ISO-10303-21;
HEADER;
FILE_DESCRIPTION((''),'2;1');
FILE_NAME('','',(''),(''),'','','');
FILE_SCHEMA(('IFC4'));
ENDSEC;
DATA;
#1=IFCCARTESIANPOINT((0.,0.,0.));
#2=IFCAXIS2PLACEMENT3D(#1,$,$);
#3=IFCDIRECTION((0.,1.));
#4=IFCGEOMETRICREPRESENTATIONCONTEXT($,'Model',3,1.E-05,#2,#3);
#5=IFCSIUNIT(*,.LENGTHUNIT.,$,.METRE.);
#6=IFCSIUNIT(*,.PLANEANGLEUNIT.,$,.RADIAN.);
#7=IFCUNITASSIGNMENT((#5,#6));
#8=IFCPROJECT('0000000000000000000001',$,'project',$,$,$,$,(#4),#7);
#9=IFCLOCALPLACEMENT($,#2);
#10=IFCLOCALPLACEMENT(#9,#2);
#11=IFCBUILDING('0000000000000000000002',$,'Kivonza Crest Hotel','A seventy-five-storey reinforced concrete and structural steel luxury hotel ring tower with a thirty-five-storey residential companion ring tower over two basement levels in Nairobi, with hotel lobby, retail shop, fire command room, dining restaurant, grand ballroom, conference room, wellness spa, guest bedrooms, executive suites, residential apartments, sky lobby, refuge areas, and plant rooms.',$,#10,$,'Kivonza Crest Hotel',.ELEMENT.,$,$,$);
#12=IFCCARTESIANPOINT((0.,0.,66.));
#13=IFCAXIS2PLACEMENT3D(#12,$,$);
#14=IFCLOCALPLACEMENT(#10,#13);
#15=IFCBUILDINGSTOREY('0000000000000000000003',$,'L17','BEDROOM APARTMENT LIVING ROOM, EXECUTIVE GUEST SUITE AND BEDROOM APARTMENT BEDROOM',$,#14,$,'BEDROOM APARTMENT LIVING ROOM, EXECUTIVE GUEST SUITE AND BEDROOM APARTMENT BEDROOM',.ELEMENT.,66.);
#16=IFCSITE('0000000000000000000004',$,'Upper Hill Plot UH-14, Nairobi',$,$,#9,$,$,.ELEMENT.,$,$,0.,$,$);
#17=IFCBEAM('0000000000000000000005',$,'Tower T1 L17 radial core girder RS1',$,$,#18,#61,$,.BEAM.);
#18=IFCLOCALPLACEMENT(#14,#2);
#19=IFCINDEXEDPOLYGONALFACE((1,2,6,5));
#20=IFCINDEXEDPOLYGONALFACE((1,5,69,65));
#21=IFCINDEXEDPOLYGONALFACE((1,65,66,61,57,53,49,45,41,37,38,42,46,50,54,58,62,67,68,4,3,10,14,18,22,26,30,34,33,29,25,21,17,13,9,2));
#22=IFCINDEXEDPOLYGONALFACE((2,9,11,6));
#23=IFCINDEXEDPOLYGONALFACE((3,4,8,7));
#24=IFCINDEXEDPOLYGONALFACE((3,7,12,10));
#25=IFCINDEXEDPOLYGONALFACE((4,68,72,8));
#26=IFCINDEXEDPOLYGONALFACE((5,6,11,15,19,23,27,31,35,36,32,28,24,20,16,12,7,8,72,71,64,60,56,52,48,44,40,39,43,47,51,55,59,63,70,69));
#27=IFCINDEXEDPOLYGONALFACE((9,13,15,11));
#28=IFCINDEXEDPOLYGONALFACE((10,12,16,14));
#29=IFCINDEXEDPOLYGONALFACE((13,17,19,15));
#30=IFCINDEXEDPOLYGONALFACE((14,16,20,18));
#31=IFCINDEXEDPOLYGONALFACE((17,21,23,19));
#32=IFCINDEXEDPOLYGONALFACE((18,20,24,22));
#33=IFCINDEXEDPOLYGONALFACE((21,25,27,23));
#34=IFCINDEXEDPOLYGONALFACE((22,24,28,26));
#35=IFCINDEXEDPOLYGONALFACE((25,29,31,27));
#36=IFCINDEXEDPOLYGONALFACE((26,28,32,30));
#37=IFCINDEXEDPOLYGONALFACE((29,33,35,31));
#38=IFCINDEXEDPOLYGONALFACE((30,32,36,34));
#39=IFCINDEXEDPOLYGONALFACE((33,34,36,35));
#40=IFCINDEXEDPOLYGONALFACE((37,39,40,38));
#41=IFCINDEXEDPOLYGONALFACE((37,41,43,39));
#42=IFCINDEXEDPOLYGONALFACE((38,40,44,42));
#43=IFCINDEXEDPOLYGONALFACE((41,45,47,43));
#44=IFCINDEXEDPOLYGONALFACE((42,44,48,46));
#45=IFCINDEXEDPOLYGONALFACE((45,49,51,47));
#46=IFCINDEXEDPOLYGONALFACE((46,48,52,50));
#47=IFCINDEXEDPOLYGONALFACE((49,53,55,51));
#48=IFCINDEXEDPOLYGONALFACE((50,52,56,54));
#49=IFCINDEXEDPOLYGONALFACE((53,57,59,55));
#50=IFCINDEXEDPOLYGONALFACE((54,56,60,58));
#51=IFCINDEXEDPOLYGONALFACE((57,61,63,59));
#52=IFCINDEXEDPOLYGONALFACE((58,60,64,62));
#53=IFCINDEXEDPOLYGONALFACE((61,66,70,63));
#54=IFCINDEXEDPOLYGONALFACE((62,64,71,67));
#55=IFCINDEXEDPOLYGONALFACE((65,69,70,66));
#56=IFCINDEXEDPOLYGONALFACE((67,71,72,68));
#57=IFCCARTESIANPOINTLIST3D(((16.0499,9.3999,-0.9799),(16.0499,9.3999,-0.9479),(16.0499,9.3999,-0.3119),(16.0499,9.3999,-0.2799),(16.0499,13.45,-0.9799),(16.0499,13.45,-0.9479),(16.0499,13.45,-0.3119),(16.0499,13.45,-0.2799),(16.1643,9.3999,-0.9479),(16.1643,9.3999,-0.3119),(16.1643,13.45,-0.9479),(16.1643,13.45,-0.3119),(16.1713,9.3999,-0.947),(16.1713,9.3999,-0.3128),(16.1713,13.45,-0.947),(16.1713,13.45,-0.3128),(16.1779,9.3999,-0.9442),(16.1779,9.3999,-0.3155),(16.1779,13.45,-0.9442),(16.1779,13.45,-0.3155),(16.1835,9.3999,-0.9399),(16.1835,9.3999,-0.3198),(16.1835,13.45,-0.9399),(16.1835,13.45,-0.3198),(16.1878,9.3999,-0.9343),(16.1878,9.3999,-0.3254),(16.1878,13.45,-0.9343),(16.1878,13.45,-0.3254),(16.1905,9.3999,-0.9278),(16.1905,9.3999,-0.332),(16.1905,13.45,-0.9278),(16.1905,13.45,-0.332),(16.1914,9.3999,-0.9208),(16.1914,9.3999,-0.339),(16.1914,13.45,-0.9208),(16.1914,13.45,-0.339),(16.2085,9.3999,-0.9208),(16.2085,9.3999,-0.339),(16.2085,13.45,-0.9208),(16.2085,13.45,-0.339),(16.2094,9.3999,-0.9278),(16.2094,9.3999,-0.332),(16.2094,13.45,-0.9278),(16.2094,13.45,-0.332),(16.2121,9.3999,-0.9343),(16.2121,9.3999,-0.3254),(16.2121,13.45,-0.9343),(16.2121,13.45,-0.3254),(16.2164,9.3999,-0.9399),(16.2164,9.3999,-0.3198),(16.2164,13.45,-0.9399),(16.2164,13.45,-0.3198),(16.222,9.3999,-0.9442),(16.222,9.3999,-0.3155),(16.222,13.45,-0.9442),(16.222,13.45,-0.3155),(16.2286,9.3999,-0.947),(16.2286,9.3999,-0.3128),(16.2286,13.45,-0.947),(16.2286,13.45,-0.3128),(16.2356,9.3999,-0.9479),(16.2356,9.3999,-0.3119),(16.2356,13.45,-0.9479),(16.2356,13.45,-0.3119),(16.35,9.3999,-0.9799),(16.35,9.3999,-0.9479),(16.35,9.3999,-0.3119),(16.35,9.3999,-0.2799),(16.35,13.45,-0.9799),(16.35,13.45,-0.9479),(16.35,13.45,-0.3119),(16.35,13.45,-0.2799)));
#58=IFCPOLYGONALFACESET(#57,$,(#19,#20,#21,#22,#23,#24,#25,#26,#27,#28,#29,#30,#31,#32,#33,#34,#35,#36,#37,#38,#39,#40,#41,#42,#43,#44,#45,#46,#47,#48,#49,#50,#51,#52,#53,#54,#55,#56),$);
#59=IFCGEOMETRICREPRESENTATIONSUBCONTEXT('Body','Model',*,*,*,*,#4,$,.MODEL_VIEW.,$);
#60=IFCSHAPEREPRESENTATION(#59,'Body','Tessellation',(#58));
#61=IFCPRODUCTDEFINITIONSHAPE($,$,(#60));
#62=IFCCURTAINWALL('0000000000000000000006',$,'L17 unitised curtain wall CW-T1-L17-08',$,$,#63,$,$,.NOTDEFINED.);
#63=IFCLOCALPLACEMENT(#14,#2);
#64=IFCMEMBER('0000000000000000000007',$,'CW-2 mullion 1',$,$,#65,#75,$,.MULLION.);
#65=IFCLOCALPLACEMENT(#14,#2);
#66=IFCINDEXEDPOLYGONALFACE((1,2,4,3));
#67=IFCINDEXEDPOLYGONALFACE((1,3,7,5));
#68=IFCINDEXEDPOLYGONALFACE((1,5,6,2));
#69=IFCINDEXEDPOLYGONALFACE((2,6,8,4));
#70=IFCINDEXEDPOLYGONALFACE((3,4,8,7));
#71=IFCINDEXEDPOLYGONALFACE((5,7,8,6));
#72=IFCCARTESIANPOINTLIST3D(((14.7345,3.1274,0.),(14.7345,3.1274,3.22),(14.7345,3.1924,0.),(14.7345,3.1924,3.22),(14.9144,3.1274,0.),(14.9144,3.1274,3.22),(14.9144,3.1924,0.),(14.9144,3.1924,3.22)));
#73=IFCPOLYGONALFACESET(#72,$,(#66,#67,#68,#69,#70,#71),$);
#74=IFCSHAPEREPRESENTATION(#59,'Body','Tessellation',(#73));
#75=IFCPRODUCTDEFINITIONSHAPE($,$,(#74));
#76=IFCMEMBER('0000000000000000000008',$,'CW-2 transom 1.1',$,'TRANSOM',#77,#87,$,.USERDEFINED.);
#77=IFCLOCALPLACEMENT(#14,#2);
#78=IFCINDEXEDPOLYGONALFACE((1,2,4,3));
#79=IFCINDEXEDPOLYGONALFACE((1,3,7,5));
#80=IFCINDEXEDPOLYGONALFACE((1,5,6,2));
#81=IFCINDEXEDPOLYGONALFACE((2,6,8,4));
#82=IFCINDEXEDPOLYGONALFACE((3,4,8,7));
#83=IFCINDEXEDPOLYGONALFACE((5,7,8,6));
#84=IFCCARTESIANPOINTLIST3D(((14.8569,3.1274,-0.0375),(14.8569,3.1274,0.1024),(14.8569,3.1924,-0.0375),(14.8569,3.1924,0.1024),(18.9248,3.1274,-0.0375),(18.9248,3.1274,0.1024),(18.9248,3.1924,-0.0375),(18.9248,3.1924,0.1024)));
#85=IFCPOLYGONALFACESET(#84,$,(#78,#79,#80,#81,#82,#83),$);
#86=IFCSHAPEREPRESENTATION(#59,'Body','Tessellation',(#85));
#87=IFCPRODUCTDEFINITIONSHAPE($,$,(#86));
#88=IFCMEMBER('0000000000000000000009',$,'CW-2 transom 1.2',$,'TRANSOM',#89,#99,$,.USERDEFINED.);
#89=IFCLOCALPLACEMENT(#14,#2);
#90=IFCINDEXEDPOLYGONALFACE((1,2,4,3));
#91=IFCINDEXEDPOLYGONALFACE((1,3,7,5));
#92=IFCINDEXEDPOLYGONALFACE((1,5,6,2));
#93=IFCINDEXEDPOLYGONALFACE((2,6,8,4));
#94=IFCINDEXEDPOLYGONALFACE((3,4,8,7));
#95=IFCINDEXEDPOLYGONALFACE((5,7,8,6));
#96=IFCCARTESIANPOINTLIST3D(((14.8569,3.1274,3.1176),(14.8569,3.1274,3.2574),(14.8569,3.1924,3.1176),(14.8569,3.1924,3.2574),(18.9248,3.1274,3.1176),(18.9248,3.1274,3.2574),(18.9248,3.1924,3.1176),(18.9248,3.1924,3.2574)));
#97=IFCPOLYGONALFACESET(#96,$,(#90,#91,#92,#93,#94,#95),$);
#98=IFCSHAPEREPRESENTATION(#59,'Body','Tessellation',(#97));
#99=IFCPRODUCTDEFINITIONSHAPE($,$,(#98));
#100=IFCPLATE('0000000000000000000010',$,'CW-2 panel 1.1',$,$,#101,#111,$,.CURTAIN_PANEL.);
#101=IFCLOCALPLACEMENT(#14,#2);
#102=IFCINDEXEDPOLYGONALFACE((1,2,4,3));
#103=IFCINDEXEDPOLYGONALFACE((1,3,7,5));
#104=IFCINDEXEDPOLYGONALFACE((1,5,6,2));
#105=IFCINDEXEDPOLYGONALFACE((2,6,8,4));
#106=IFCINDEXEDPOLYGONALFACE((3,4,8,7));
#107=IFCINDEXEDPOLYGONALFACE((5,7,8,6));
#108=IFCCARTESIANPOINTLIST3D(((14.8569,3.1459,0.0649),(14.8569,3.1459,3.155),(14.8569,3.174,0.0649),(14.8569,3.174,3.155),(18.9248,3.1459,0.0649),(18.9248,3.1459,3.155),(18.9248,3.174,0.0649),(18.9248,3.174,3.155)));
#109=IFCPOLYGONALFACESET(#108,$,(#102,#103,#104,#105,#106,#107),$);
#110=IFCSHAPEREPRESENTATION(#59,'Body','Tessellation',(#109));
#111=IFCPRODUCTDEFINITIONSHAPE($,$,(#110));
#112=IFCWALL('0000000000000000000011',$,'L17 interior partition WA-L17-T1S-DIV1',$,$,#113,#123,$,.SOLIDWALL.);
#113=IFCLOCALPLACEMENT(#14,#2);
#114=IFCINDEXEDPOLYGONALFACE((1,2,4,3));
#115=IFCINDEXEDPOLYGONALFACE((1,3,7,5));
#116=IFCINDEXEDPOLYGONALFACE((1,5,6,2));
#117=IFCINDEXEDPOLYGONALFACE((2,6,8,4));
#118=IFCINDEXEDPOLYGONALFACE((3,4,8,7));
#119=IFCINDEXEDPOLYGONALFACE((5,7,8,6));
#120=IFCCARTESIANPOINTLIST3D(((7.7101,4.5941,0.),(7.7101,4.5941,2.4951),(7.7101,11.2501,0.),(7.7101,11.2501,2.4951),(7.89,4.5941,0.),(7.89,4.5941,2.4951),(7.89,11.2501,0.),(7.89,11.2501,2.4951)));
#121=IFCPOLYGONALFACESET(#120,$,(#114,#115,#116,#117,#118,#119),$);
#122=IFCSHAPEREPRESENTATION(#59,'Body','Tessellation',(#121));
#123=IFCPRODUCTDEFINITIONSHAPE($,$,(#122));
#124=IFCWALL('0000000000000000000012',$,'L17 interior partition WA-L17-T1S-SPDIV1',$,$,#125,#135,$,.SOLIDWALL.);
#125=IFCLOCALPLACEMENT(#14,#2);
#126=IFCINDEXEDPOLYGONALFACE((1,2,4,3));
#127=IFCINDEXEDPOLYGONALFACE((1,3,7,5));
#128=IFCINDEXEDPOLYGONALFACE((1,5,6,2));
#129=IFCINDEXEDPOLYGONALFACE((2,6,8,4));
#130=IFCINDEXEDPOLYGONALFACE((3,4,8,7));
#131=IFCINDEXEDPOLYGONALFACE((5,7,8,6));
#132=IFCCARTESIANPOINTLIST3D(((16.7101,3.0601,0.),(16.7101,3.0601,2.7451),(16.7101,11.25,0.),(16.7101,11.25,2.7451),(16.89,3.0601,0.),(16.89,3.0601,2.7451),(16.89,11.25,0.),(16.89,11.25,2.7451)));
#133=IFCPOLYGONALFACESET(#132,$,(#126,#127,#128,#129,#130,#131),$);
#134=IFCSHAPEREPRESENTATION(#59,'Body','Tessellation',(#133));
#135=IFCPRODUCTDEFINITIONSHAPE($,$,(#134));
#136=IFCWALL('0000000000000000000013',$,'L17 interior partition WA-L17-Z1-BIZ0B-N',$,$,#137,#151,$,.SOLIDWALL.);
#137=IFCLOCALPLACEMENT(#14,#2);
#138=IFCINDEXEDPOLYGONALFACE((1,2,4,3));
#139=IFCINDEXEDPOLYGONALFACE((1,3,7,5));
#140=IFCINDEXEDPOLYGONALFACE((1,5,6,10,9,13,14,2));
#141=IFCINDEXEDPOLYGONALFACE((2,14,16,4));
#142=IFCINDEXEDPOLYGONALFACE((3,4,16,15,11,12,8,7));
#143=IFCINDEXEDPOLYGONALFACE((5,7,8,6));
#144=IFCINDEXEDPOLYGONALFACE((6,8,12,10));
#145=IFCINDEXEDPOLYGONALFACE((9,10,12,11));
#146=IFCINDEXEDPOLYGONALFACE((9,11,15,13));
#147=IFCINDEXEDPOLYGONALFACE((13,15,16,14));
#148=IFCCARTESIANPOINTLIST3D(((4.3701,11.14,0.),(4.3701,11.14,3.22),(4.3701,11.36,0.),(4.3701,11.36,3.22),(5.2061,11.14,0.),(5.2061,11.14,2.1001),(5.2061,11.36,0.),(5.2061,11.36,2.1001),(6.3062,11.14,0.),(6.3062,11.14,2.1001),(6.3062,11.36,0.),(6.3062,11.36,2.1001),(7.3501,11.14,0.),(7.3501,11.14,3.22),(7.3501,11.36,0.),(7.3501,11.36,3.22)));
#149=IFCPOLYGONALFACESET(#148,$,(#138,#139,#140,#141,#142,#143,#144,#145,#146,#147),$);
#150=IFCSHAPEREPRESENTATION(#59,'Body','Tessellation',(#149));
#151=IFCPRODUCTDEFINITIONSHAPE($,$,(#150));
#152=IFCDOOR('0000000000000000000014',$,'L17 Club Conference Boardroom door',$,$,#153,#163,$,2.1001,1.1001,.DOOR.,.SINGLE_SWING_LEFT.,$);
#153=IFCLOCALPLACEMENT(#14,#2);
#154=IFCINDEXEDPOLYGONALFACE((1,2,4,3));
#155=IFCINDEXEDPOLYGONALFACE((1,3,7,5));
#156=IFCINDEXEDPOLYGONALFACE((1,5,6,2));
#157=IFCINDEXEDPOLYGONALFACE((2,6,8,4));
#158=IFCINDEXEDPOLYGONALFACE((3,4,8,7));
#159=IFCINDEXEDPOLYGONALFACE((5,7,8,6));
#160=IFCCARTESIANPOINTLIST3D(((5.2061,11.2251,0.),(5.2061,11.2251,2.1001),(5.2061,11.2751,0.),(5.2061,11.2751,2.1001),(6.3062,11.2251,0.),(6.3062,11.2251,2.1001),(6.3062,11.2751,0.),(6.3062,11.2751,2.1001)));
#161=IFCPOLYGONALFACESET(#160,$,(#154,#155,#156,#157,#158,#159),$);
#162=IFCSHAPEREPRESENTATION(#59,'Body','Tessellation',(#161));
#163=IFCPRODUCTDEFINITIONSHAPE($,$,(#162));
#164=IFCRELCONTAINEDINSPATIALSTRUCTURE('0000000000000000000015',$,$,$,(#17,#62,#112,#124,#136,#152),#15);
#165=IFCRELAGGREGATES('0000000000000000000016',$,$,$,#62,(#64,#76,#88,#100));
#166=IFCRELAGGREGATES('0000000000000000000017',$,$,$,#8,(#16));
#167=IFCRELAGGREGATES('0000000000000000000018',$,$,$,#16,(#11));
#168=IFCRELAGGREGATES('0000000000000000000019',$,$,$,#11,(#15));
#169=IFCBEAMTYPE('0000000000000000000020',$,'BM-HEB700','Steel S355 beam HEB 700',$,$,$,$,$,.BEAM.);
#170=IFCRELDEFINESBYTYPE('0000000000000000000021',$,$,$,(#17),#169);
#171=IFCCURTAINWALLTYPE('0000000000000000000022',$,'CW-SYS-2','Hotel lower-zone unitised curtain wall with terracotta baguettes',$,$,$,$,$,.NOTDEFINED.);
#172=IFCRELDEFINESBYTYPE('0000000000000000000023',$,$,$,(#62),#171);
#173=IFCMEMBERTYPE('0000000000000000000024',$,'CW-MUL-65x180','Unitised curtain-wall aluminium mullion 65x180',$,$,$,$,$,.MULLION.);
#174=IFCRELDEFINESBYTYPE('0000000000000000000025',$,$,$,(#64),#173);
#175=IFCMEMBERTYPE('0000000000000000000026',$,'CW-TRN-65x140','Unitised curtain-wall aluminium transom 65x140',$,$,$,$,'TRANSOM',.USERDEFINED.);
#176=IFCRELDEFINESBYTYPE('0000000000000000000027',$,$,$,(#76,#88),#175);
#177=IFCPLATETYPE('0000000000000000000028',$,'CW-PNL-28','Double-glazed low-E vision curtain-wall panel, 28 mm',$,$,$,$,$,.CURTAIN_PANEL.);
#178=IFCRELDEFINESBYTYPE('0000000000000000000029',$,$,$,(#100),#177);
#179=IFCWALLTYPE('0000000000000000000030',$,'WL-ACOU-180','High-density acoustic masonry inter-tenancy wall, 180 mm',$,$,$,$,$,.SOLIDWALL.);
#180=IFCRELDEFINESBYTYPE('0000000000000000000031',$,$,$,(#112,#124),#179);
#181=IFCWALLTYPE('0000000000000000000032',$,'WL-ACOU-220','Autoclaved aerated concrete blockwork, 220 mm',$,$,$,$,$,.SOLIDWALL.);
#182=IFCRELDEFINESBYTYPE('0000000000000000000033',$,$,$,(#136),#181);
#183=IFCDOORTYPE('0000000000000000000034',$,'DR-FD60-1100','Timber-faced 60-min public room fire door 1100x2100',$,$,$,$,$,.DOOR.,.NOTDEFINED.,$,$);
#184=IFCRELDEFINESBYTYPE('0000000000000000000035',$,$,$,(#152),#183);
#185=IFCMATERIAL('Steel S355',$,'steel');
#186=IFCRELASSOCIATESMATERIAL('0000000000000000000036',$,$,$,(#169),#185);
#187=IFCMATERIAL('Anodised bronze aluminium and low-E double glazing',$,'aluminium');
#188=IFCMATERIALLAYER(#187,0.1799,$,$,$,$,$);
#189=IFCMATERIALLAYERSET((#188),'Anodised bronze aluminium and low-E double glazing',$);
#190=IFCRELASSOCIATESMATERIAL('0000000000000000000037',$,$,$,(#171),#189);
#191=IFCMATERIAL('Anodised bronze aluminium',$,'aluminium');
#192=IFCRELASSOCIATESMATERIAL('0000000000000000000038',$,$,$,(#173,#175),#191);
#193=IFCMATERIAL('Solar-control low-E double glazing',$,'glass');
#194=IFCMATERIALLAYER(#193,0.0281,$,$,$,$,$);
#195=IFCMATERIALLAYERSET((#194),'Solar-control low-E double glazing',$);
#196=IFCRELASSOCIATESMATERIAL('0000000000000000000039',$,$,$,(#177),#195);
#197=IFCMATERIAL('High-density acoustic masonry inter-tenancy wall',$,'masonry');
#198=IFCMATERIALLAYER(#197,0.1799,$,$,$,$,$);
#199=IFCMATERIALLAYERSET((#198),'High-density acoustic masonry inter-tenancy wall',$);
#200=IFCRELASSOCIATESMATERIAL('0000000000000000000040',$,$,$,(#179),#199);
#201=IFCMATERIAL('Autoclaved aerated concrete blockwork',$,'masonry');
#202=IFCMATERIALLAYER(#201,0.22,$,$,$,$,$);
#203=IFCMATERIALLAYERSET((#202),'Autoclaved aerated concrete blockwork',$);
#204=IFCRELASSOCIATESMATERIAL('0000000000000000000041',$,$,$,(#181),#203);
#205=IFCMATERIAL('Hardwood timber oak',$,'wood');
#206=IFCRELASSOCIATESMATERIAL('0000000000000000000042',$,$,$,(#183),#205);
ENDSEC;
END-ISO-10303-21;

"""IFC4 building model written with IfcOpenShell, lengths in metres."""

from ifc_helpers import new_model, si_unit, direction, frame, frame_2d, origin, origin_2d, place, context, subcontext, project, spatial, rectangle, i_section, extrude, material, layer, layer_set, material_profile, profile_set, type_object, element, fill, aggregate, save


model = new_model("IFC4")

# Units and contexts
model_context = context("Model", 3, precision=1e-05, world=origin(), true_north=direction((0.0, 1.0)))
body_context = subcontext(model_context, "Body", "Model", "MODEL_VIEW")
ifc_project = project(units=[si_unit("LENGTHUNIT", "METRE"), si_unit("PLANEANGLEUNIT", "RADIAN")], contexts=[model_context])

# Site, building, storey
site_placement = place(None, origin())
site = spatial("IfcSite", under=ifc_project, at=site_placement, Name="Upper Hill Plot UH-14, Nairobi", CompositionType="ELEMENT", RefElevation=0.0)
building_placement = place(site_placement, origin())
building = spatial("IfcBuilding", under=site, at=building_placement, Name="Kivonza Crest Hotel", Description="A seventy-five-storey reinforced concrete and structural steel luxury hotel ring tower with a thirty-five-storey residential companion ring tower over two basement levels in Nairobi, with hotel lobby, retail shop, fire command room, dining restaurant, grand ballroom, conference room, wellness spa, guest bedrooms, executive suites, residential apartments, sky lobby, refuge areas, and plant rooms.", LongName="Kivonza Crest Hotel", CompositionType="ELEMENT")
storey_placement = place(building_placement, frame((0.0, 0.0, 66.0)))
storey = spatial("IfcBuildingStorey", under=building, at=storey_placement, Name="L17", Description="BEDROOM APARTMENT LIVING ROOM, EXECUTIVE GUEST SUITE AND BEDROOM APARTMENT BEDROOM", LongName="BEDROOM APARTMENT LIVING ROOM, EXECUTIVE GUEST SUITE AND BEDROOM APARTMENT BEDROOM", CompositionType="ELEMENT", Elevation=66.0)

# Beam
ifc_material_1 = material(Name="Steel S355", Category="steel")
ifc_material_profile_1 = material_profile(ifc_material_1, i_section(OverallWidth=0.3, OverallDepth=0.7, WebThickness=0.0171, FlangeThickness=0.032, FilletRadius=0.0271, at=origin_2d()), Name="HEB 700")
ifc_profile_set_1 = profile_set([ifc_material_profile_1], Name="Steel S355")
beam_type_1 = type_object("IfcBeamType", Name="BM-HEB700", Description="Steel S355 beam HEB 700", PredefinedType="BEAM", material=ifc_profile_set_1)
beam_1_placement = place(storey_placement, frame((16.2, 9.3999, -0.6299), z_axis=(0.0, 1.0, 0.0), x_axis=(-1.0, 0.0, 0.0)))
element("IfcBeam", 1, at=beam_1_placement, inside=storey, type_object=beam_type_1, Name="Tower T1 L17 radial core girder RS1", PredefinedType="BEAM", context=body_context, shape_type="SweptSolid", body=[
    extrude(i_section(OverallWidth=0.3, OverallDepth=0.7, WebThickness=0.0171, FlangeThickness=0.032, FilletRadius=0.0271, at=origin_2d()), origin(), (0.0, 0.0, 1.0), 4.05),
])

# Curtain wall, members, plate
ifc_material_2 = material(Name="Anodised bronze aluminium and low-E double glazing", Category="aluminium")
ifc_layer_1 = layer(ifc_material_2, 0.1799)
ifc_layer_set_1 = layer_set([ifc_layer_1], Name="Anodised bronze aluminium and low-E double glazing")
curtain_wall_type = type_object("IfcCurtainWallType", Name="CW-SYS-2", Description="Hotel lower-zone unitised curtain wall with terracotta baguettes", PredefinedType="NOTDEFINED", material=ifc_layer_set_1)
curtain_wall_placement = place(storey_placement, origin())
curtain_wall = element("IfcCurtainWall", 2, at=curtain_wall_placement, inside=storey, type_object=curtain_wall_type, Name="L17 unitised curtain wall CW-T1-L17-08", PredefinedType="NOTDEFINED")
ifc_material_3 = material(Name="Anodised bronze aluminium", Category="aluminium")
ifc_material_profile_2 = material_profile(ifc_material_3, rectangle(XDim=0.0649, YDim=0.1799, at=origin_2d()), Name="CW-M 65x180")
ifc_profile_set_2 = profile_set([ifc_material_profile_2], Name="Anodised bronze aluminium")
member_type_1 = type_object("IfcMemberType", Name="CW-MUL-65x180", Description="Unitised curtain-wall aluminium mullion 65x180", PredefinedType="MULLION", material=ifc_profile_set_2)
member_1_placement = place(storey_placement, frame((14.8245, 3.1599, 0.0), z_axis=(0.0, 0.0, 1.0), x_axis=(0.0, 1.0, 0.0)))
member_1 = element("IfcMember", 3, at=member_1_placement, type_object=member_type_1, Name="CW-2 mullion 1", PredefinedType="MULLION", context=body_context, shape_type="SweptSolid", body=[
    extrude(rectangle(XDim=0.0649, YDim=0.1799, at=origin_2d()), origin(), (0.0, 0.0, 1.0), 3.22),
])
ifc_material_profile_3 = material_profile(ifc_material_3, rectangle(XDim=0.0649, YDim=0.1399, at=origin_2d()), Name="CW-T 65x140")
ifc_profile_set_3 = profile_set([ifc_material_profile_3], Name="Anodised bronze aluminium")
member_type_2 = type_object("IfcMemberType", Name="CW-TRN-65x140", Description="Unitised curtain-wall aluminium transom 65x140", ElementType="TRANSOM", PredefinedType="USERDEFINED", material=ifc_profile_set_3)
member_2_placement = place(storey_placement, frame((14.8569, 3.1599, 0.0325), z_axis=(1.0, 0.0, 0.0), x_axis=(0.0, 1.0, 0.0)))
member_2 = element("IfcMember", 4, at=member_2_placement, type_object=member_type_2, Name="CW-2 transom 1.1", ObjectType="TRANSOM", PredefinedType="USERDEFINED", context=body_context, shape_type="SweptSolid", body=[
    extrude(rectangle(XDim=0.0649, YDim=0.1399, at=origin_2d()), origin(), (0.0, 0.0, 1.0), 4.0679),
])
member_3_placement = place(storey_placement, frame((14.8569, 3.1599, 3.1875), z_axis=(1.0, 0.0, 0.0), x_axis=(0.0, 1.0, 0.0)))
member_3 = element("IfcMember", 5, at=member_3_placement, type_object=member_type_2, Name="CW-2 transom 1.2", ObjectType="TRANSOM", PredefinedType="USERDEFINED", context=body_context, shape_type="SweptSolid", body=[
    extrude(rectangle(XDim=0.0649, YDim=0.1399, at=origin_2d()), origin(), (0.0, 0.0, 1.0), 4.0679),
])
ifc_material_4 = material(Name="Solar-control low-E double glazing", Category="glass")
ifc_layer_2 = layer(ifc_material_4, 0.0281)
ifc_layer_set_2 = layer_set([ifc_layer_2], Name="Solar-control low-E double glazing")
plate_type = type_object("IfcPlateType", Name="CW-PNL-28", Description="Double-glazed low-E vision curtain-wall panel, 28 mm", PredefinedType="CURTAIN_PANEL", material=ifc_layer_set_2)
plate_placement = place(storey_placement, frame((16.8909, 3.1599, 0.0649), z_axis=(0.0, 0.0, 1.0), x_axis=(1.0, 0.0, 0.0)))
plate = element("IfcPlate", 6, at=plate_placement, type_object=plate_type, Name="CW-2 panel 1.1", PredefinedType="CURTAIN_PANEL", context=body_context, shape_type="SweptSolid", body=[
    extrude(rectangle(XDim=4.0679, YDim=0.0281, at=origin_2d()), origin(), (0.0, 0.0, 1.0), 3.0901),
])
aggregate(curtain_wall, [member_1, member_2, member_3, plate])

# Walls
ifc_material_5 = material(Name="High-density acoustic masonry inter-tenancy wall", Category="masonry")
ifc_layer_3 = layer(ifc_material_5, 0.1799)
ifc_layer_set_3 = layer_set([ifc_layer_3], Name="High-density acoustic masonry inter-tenancy wall")
wall_type_1 = type_object("IfcWallType", Name="WL-ACOU-180", Description="High-density acoustic masonry inter-tenancy wall, 180 mm", PredefinedType="SOLIDWALL", material=ifc_layer_set_3)
wall_1_placement = place(storey_placement, frame((7.8, 4.594, 0.0), z_axis=(0.0, 0.0, 1.0), x_axis=(0.0, 1.0, 0.0)))
element("IfcWall", 7, at=wall_1_placement, inside=storey, type_object=wall_type_1, Name="L17 interior partition WA-L17-T1S-DIV1", PredefinedType="SOLIDWALL", context=body_context, shape_type="SweptSolid", body=[
    extrude(rectangle(XDim=6.656, YDim=0.1799, at=frame_2d((3.3281, 0.0))), origin(), (0.0, 0.0, 1.0), 2.4951),
])
wall_2_placement = place(storey_placement, frame((16.8, 3.0601, 0.0), z_axis=(0.0, 0.0, 1.0), x_axis=(0.0, 1.0, 0.0)))
element("IfcWall", 8, at=wall_2_placement, inside=storey, type_object=wall_type_1, Name="L17 interior partition WA-L17-T1S-SPDIV1", PredefinedType="SOLIDWALL", context=body_context, shape_type="SweptSolid", body=[
    extrude(rectangle(XDim=8.1899, YDim=0.1799, at=frame_2d((4.095, 0.0))), origin(), (0.0, 0.0, 1.0), 2.7451),
])

# Wall, opening, door
ifc_material_6 = material(Name="Autoclaved aerated concrete blockwork", Category="masonry")
ifc_layer_4 = layer(ifc_material_6, 0.22)
ifc_layer_set_4 = layer_set([ifc_layer_4], Name="Autoclaved aerated concrete blockwork")
wall_type_2 = type_object("IfcWallType", Name="WL-ACOU-220", Description="Autoclaved aerated concrete blockwork, 220 mm", PredefinedType="SOLIDWALL", material=ifc_layer_set_4)
wall_3_placement = place(storey_placement, frame((4.3701, 11.25, 0.0), z_axis=(0.0, 0.0, 1.0), x_axis=(1.0, 0.0, 0.0)))
wall_3 = element("IfcWall", 9, at=wall_3_placement, inside=storey, type_object=wall_type_2, Name="L17 interior partition WA-L17-Z1-BIZ0B-N", PredefinedType="SOLIDWALL", context=body_context, shape_type="SweptSolid", body=[
    extrude(rectangle(XDim=2.98, YDim=0.22, at=frame_2d((1.49, 0.0))), origin(), (0.0, 0.0, 1.0), 3.22),
])
opening_1_placement = place(wall_3_placement, frame((0.8359, 0.0, 0.0)))
opening_1 = element("IfcOpeningElement", 10, at=opening_1_placement, cuts=wall_3, PredefinedType="OPENING", context=body_context, shape_type="SweptSolid", body=[
    extrude(rectangle(XDim=1.1001, YDim=2.1001, at=frame_2d((0.55, 1.05))), frame((0.0, 0.1201, 0.0), z_axis=(0.0, -1.0, 0.0), x_axis=(1.0, 0.0, 0.0)), (0.0, 0.0, 1.0), 0.24),
])
ifc_material_7 = material(Name="Hardwood timber oak", Category="wood")
door_type = type_object("IfcDoorType", Name="DR-FD60-1100", Description="Timber-faced 60-min public room fire door 1100x2100", OperationType="NOTDEFINED", PredefinedType="DOOR", material=ifc_material_7)
door_1_placement = place(opening_1_placement, frame((1.1001, 0.0, 0.0), z_axis=(0.0, 0.0, 1.0), x_axis=(-1.0, 0.0, 0.0)))
door_1 = element("IfcDoor", 11, at=door_1_placement, inside=storey, type_object=door_type, Name="L17 Club Conference Boardroom door", OperationType="SINGLE_SWING_LEFT", OverallHeight=2.1001, OverallWidth=1.1001, PredefinedType="DOOR", context=body_context, shape_type="SweptSolid", body=[
    extrude(rectangle(XDim=1.1001, YDim=2.1001, at=frame_2d((0.55, 1.05))), frame((0.0, 0.0249, 0.0), z_axis=(0.0, -1.0, 0.0), x_axis=(1.0, 0.0, 0.0)), (0.0, 0.0, 1.0), 0.05),
])
fill(opening_1, door_1)

save(model, "model.ifc")
